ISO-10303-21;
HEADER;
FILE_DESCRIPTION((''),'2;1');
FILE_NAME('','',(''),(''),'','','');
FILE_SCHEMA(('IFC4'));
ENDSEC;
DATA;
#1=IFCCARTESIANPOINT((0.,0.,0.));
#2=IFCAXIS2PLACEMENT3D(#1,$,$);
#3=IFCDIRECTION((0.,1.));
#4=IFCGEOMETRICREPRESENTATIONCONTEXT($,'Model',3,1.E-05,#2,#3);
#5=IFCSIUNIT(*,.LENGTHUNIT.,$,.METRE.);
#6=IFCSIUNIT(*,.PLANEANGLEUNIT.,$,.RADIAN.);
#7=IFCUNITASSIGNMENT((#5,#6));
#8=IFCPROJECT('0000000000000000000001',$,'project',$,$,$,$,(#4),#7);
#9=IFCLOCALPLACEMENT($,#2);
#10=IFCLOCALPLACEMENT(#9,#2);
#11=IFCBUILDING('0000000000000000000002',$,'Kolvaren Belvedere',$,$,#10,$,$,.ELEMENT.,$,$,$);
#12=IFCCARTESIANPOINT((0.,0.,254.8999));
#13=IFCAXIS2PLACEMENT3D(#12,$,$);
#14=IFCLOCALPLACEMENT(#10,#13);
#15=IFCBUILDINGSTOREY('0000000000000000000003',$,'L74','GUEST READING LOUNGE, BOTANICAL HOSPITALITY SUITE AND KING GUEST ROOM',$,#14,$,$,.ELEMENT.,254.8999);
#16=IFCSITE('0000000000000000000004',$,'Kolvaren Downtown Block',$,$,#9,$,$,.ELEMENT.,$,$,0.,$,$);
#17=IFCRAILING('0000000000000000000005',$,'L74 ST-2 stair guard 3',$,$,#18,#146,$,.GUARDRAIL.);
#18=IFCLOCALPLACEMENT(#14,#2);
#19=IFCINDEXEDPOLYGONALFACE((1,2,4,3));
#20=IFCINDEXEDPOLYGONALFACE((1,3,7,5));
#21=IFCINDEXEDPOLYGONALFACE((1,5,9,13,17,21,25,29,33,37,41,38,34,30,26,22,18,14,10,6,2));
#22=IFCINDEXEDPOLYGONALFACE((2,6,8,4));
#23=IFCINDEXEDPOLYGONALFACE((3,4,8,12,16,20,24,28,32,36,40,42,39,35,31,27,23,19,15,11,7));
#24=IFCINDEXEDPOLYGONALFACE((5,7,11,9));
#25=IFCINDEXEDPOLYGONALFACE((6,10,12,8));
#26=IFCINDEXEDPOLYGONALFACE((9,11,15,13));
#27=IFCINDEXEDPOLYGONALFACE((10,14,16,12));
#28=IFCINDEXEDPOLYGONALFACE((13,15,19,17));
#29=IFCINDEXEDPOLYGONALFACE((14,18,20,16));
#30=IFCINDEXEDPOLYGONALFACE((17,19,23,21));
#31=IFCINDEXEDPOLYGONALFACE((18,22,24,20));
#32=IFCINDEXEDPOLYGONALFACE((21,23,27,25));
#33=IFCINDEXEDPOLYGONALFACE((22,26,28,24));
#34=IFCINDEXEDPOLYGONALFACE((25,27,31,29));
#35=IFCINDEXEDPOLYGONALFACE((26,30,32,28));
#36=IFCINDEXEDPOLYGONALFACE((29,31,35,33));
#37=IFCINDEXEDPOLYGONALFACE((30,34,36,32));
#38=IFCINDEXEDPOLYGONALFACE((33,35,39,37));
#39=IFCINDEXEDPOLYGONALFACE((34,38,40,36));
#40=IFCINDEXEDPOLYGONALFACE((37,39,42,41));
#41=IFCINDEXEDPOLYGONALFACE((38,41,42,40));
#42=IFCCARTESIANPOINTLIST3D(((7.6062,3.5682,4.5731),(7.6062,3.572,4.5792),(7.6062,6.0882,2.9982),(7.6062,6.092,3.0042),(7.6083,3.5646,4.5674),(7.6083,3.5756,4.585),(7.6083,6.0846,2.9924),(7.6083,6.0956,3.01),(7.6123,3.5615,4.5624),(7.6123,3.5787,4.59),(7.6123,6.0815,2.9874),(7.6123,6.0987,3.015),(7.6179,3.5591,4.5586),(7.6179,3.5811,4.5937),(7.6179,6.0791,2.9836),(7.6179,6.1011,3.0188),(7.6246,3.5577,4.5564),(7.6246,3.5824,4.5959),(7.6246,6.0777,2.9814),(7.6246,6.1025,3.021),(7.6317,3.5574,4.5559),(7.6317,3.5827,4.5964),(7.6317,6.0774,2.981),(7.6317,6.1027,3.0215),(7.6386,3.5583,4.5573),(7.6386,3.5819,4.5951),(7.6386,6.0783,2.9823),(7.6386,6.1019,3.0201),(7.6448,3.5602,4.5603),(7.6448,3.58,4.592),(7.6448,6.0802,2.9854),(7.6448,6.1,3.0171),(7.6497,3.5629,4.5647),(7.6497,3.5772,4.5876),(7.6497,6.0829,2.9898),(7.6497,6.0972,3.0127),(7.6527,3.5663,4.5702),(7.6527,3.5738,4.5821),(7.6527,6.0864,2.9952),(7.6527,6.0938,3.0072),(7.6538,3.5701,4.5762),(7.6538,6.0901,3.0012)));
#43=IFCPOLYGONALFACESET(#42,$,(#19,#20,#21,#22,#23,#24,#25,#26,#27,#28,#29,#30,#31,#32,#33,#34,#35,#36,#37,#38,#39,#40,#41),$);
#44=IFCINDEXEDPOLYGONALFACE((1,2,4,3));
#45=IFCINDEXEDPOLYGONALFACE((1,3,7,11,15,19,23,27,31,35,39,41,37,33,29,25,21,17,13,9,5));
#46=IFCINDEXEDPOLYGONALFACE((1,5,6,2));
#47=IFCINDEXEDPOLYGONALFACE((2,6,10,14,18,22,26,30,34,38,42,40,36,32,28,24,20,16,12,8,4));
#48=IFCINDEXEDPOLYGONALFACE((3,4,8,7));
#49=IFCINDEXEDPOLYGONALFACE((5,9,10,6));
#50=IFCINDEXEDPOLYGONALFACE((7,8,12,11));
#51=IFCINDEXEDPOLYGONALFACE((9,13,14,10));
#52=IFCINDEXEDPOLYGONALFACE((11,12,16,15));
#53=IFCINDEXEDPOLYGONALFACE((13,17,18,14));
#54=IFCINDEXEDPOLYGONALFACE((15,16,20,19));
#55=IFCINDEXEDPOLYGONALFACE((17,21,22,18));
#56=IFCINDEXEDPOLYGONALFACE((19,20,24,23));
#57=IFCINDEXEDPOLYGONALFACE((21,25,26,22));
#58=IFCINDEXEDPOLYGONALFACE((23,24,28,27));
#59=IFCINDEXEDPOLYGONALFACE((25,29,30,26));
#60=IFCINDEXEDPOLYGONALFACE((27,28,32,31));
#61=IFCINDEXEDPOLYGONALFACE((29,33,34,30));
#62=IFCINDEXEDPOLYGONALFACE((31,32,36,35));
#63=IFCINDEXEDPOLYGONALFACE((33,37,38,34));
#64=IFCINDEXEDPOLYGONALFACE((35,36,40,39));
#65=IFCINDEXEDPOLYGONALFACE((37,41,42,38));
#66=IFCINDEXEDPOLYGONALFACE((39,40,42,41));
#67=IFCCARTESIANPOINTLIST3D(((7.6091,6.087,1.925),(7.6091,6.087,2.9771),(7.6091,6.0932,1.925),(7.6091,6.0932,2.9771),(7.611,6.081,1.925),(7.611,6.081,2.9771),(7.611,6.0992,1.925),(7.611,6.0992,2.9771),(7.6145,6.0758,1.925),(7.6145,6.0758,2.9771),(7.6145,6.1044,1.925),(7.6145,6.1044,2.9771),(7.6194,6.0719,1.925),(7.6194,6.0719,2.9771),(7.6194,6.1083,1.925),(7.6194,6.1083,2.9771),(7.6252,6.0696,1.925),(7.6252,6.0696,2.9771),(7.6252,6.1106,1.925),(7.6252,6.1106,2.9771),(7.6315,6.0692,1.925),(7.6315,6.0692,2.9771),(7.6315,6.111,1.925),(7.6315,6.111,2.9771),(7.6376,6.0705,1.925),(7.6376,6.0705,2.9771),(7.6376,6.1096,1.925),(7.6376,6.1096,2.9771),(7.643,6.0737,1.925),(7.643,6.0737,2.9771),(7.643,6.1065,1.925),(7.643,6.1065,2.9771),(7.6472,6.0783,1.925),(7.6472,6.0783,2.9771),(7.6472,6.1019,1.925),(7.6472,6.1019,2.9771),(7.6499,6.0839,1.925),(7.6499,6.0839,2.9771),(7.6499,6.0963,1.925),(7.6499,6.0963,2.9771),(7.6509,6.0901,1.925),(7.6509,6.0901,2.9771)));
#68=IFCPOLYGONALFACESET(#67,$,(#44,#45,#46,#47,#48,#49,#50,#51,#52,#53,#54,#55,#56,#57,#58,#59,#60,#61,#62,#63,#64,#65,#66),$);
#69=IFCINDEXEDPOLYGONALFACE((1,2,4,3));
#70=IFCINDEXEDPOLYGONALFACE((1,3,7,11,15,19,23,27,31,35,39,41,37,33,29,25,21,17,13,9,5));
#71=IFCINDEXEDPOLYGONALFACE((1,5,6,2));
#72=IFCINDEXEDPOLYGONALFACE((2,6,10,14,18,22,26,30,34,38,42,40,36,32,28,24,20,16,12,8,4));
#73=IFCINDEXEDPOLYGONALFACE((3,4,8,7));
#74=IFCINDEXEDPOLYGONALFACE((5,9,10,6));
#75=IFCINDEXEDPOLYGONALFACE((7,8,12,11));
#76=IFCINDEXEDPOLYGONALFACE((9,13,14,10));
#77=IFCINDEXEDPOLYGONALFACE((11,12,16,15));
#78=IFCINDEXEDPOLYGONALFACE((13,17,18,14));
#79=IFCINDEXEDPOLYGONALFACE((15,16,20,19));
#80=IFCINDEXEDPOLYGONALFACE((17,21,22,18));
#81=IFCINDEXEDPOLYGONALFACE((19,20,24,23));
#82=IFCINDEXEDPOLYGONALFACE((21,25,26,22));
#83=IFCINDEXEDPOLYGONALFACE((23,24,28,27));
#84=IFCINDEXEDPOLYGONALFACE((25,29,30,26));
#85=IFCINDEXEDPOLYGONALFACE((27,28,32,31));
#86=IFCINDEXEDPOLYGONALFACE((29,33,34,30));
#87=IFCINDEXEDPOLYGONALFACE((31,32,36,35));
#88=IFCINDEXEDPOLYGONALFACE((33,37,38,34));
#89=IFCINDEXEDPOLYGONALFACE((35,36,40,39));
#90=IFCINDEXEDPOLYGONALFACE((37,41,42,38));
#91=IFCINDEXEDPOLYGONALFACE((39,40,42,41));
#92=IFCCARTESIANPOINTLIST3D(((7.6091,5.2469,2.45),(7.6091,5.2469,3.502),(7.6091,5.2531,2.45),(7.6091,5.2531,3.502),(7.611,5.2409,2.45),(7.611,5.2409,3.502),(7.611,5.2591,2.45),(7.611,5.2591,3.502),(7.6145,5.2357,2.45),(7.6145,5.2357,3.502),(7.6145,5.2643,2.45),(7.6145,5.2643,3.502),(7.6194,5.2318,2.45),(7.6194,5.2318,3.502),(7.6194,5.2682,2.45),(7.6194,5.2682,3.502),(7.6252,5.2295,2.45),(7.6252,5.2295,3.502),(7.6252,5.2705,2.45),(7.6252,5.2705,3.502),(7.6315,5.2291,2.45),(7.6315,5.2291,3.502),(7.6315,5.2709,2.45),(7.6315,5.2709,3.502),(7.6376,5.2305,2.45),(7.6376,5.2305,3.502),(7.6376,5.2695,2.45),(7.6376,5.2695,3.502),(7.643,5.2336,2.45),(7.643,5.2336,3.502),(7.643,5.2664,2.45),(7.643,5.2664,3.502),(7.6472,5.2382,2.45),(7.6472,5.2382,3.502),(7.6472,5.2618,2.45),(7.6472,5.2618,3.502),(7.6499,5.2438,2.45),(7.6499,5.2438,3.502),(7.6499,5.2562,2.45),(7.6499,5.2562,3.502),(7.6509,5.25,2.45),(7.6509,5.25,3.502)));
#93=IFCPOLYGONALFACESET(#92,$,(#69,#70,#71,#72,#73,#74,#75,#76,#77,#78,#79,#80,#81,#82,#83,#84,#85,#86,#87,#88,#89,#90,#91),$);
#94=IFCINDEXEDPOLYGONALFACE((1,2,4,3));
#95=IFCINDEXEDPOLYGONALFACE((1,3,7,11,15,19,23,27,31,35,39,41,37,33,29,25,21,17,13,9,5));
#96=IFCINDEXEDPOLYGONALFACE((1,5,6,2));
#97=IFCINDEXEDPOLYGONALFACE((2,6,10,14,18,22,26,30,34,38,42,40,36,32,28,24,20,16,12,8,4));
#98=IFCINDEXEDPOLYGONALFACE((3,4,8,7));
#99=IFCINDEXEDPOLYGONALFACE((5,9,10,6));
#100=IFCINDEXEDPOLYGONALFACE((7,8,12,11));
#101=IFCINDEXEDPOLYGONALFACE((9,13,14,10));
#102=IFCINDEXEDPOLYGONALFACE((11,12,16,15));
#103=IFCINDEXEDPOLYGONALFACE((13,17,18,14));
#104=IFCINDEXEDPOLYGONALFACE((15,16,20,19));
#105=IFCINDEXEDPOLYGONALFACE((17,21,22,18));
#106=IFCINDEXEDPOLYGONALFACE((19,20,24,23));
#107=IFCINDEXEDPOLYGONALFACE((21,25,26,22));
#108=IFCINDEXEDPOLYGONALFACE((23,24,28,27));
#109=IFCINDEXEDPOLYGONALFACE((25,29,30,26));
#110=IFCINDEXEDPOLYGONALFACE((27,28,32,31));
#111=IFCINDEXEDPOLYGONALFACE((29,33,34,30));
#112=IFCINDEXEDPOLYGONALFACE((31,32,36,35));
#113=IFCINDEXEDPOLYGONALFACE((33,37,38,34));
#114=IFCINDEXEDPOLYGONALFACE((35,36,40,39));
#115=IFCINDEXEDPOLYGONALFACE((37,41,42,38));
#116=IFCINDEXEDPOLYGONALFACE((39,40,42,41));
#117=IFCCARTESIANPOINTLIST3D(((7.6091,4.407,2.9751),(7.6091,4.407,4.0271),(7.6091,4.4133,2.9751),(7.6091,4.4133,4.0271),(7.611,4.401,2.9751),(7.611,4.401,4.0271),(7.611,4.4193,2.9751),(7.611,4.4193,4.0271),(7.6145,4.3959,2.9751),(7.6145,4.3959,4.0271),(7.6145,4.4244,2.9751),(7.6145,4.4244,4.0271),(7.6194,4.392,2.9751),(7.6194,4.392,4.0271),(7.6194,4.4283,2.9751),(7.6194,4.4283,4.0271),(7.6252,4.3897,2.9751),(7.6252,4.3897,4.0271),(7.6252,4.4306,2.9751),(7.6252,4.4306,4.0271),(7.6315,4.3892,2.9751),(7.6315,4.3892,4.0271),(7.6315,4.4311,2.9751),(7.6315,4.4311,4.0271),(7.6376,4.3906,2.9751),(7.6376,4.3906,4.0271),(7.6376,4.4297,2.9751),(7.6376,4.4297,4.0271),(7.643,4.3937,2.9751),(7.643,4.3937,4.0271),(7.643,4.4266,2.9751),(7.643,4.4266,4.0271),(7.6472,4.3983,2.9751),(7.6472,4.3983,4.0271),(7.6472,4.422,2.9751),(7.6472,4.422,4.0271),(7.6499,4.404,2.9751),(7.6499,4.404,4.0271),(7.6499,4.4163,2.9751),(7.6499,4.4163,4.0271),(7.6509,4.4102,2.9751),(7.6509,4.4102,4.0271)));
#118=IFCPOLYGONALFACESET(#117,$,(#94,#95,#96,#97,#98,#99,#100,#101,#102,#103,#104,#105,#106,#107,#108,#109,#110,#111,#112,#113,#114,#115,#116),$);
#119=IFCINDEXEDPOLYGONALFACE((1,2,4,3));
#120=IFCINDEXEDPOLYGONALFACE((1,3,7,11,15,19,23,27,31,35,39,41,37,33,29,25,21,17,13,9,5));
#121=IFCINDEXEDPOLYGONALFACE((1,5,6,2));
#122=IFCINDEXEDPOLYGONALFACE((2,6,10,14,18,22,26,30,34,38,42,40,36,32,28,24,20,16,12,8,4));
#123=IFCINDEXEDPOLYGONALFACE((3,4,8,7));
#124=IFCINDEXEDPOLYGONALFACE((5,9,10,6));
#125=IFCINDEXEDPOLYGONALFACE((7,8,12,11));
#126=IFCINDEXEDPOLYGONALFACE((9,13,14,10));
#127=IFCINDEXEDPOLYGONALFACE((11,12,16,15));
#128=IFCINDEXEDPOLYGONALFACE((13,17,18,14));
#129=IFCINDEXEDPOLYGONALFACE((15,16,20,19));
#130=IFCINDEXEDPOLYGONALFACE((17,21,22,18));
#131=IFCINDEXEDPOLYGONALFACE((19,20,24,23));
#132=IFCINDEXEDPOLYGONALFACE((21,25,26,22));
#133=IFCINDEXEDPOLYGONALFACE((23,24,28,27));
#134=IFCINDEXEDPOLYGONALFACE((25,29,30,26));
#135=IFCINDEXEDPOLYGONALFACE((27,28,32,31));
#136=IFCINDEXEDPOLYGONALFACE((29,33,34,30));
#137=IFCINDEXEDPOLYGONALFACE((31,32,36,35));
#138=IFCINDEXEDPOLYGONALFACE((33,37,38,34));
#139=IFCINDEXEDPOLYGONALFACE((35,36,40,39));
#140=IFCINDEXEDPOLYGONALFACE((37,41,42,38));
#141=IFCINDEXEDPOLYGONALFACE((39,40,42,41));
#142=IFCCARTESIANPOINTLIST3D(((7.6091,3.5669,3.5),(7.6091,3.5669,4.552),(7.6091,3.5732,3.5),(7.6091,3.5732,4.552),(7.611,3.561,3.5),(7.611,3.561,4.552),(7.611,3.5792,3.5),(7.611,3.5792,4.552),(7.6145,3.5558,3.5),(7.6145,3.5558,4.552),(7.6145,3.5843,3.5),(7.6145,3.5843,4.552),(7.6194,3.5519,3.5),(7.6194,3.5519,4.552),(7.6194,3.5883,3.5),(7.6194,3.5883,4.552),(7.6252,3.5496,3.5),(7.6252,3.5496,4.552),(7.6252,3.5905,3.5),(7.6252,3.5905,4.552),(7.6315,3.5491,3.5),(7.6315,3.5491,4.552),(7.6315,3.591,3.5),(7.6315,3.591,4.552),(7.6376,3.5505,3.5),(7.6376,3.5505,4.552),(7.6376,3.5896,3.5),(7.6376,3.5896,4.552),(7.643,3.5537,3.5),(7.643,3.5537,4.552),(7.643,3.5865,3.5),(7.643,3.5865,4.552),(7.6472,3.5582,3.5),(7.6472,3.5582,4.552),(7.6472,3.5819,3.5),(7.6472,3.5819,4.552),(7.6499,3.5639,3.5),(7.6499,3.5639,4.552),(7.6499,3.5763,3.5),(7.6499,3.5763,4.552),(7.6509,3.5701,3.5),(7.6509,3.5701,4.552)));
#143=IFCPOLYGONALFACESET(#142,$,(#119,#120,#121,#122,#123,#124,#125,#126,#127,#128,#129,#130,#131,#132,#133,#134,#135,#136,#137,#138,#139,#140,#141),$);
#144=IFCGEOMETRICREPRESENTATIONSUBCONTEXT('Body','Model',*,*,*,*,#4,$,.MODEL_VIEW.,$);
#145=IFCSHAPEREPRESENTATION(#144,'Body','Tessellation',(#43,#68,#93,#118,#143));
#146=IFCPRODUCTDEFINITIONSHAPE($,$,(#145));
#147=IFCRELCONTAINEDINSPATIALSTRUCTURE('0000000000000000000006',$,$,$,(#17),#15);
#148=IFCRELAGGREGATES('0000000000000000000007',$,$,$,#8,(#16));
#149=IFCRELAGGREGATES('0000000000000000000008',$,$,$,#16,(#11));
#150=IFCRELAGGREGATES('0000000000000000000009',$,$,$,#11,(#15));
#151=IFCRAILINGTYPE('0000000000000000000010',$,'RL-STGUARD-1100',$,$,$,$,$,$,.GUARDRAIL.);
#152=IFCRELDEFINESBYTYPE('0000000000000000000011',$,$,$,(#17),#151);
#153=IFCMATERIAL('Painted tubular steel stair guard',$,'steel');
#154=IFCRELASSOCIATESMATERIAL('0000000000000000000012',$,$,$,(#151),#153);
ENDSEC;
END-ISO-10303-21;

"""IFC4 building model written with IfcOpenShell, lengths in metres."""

from ifc_helpers import new_model, si_unit, direction, frame, origin, origin_2d, place, context, subcontext, project, spatial, circle, extrude, material, type_object, element, save


model = new_model("IFC4")

# Units and contexts
model_context = context("Model", 3, precision=1e-05, world=origin(), true_north=direction((0.0, 1.0)))
body_context = subcontext(model_context, "Body", "Model", "MODEL_VIEW")
ifc_project = project(units=[si_unit("LENGTHUNIT", "METRE"), si_unit("PLANEANGLEUNIT", "RADIAN")], contexts=[model_context])

# Site, building, storey
site_placement = place(None, origin())
site = spatial("IfcSite", under=ifc_project, at=site_placement, Name="Kolvaren Downtown Block", CompositionType="ELEMENT", RefElevation=0.0)
building_placement = place(site_placement, origin())
building = spatial("IfcBuilding", under=site, at=building_placement, Name="Kolvaren Belvedere", CompositionType="ELEMENT")
storey_placement = place(building_placement, frame((0.0, 0.0, 254.8999)))
storey = spatial("IfcBuildingStorey", under=building, at=storey_placement, Name="L74", Description="GUEST READING LOUNGE, BOTANICAL HOSPITALITY SUITE AND KING GUEST ROOM", CompositionType="ELEMENT", Elevation=254.8999)

# Railing
ifc_material_1 = material(Name="Painted tubular steel stair guard", Category="steel")
railing_type_1 = type_object("IfcRailingType", Name="RL-STGUARD-1100", PredefinedType="GUARDRAIL", material=ifc_material_1)
railing_1_placement = place(storey_placement, frame((7.6299, 6.0901, 1.925)))
element("IfcRailing", 1, at=railing_1_placement, inside=storey, type_object=railing_type_1, Name="L74 ST-2 stair guard 3", PredefinedType="GUARDRAIL", context=body_context, shape_type="SweptSolid", body=[
    extrude(circle(Radius=0.0239, at=origin_2d()), frame((0.0, 0.0, 1.0762), z_axis=(0.0, -0.848008, 0.529984), x_axis=(1.0, 0.0, 0.0)), (0.0, 0.0, 1.0), 2.9717),
    extrude(circle(Radius=0.021, at=origin_2d()), origin(), (0.0, 0.0, 1.0), 1.052),
    extrude(circle(Radius=0.021, at=origin_2d()), frame((0.0, -0.8401, 0.5249)), (0.0, 0.0, 1.0), 1.052),
    extrude(circle(Radius=0.021, at=origin_2d()), frame((0.0, -1.6799, 1.05)), (0.0, 0.0, 1.0), 1.052),
    extrude(circle(Radius=0.021, at=origin_2d()), frame((0.0, -2.52, 1.575)), (0.0, 0.0, 1.0), 1.052),
])

save(model, "model.ifc")
